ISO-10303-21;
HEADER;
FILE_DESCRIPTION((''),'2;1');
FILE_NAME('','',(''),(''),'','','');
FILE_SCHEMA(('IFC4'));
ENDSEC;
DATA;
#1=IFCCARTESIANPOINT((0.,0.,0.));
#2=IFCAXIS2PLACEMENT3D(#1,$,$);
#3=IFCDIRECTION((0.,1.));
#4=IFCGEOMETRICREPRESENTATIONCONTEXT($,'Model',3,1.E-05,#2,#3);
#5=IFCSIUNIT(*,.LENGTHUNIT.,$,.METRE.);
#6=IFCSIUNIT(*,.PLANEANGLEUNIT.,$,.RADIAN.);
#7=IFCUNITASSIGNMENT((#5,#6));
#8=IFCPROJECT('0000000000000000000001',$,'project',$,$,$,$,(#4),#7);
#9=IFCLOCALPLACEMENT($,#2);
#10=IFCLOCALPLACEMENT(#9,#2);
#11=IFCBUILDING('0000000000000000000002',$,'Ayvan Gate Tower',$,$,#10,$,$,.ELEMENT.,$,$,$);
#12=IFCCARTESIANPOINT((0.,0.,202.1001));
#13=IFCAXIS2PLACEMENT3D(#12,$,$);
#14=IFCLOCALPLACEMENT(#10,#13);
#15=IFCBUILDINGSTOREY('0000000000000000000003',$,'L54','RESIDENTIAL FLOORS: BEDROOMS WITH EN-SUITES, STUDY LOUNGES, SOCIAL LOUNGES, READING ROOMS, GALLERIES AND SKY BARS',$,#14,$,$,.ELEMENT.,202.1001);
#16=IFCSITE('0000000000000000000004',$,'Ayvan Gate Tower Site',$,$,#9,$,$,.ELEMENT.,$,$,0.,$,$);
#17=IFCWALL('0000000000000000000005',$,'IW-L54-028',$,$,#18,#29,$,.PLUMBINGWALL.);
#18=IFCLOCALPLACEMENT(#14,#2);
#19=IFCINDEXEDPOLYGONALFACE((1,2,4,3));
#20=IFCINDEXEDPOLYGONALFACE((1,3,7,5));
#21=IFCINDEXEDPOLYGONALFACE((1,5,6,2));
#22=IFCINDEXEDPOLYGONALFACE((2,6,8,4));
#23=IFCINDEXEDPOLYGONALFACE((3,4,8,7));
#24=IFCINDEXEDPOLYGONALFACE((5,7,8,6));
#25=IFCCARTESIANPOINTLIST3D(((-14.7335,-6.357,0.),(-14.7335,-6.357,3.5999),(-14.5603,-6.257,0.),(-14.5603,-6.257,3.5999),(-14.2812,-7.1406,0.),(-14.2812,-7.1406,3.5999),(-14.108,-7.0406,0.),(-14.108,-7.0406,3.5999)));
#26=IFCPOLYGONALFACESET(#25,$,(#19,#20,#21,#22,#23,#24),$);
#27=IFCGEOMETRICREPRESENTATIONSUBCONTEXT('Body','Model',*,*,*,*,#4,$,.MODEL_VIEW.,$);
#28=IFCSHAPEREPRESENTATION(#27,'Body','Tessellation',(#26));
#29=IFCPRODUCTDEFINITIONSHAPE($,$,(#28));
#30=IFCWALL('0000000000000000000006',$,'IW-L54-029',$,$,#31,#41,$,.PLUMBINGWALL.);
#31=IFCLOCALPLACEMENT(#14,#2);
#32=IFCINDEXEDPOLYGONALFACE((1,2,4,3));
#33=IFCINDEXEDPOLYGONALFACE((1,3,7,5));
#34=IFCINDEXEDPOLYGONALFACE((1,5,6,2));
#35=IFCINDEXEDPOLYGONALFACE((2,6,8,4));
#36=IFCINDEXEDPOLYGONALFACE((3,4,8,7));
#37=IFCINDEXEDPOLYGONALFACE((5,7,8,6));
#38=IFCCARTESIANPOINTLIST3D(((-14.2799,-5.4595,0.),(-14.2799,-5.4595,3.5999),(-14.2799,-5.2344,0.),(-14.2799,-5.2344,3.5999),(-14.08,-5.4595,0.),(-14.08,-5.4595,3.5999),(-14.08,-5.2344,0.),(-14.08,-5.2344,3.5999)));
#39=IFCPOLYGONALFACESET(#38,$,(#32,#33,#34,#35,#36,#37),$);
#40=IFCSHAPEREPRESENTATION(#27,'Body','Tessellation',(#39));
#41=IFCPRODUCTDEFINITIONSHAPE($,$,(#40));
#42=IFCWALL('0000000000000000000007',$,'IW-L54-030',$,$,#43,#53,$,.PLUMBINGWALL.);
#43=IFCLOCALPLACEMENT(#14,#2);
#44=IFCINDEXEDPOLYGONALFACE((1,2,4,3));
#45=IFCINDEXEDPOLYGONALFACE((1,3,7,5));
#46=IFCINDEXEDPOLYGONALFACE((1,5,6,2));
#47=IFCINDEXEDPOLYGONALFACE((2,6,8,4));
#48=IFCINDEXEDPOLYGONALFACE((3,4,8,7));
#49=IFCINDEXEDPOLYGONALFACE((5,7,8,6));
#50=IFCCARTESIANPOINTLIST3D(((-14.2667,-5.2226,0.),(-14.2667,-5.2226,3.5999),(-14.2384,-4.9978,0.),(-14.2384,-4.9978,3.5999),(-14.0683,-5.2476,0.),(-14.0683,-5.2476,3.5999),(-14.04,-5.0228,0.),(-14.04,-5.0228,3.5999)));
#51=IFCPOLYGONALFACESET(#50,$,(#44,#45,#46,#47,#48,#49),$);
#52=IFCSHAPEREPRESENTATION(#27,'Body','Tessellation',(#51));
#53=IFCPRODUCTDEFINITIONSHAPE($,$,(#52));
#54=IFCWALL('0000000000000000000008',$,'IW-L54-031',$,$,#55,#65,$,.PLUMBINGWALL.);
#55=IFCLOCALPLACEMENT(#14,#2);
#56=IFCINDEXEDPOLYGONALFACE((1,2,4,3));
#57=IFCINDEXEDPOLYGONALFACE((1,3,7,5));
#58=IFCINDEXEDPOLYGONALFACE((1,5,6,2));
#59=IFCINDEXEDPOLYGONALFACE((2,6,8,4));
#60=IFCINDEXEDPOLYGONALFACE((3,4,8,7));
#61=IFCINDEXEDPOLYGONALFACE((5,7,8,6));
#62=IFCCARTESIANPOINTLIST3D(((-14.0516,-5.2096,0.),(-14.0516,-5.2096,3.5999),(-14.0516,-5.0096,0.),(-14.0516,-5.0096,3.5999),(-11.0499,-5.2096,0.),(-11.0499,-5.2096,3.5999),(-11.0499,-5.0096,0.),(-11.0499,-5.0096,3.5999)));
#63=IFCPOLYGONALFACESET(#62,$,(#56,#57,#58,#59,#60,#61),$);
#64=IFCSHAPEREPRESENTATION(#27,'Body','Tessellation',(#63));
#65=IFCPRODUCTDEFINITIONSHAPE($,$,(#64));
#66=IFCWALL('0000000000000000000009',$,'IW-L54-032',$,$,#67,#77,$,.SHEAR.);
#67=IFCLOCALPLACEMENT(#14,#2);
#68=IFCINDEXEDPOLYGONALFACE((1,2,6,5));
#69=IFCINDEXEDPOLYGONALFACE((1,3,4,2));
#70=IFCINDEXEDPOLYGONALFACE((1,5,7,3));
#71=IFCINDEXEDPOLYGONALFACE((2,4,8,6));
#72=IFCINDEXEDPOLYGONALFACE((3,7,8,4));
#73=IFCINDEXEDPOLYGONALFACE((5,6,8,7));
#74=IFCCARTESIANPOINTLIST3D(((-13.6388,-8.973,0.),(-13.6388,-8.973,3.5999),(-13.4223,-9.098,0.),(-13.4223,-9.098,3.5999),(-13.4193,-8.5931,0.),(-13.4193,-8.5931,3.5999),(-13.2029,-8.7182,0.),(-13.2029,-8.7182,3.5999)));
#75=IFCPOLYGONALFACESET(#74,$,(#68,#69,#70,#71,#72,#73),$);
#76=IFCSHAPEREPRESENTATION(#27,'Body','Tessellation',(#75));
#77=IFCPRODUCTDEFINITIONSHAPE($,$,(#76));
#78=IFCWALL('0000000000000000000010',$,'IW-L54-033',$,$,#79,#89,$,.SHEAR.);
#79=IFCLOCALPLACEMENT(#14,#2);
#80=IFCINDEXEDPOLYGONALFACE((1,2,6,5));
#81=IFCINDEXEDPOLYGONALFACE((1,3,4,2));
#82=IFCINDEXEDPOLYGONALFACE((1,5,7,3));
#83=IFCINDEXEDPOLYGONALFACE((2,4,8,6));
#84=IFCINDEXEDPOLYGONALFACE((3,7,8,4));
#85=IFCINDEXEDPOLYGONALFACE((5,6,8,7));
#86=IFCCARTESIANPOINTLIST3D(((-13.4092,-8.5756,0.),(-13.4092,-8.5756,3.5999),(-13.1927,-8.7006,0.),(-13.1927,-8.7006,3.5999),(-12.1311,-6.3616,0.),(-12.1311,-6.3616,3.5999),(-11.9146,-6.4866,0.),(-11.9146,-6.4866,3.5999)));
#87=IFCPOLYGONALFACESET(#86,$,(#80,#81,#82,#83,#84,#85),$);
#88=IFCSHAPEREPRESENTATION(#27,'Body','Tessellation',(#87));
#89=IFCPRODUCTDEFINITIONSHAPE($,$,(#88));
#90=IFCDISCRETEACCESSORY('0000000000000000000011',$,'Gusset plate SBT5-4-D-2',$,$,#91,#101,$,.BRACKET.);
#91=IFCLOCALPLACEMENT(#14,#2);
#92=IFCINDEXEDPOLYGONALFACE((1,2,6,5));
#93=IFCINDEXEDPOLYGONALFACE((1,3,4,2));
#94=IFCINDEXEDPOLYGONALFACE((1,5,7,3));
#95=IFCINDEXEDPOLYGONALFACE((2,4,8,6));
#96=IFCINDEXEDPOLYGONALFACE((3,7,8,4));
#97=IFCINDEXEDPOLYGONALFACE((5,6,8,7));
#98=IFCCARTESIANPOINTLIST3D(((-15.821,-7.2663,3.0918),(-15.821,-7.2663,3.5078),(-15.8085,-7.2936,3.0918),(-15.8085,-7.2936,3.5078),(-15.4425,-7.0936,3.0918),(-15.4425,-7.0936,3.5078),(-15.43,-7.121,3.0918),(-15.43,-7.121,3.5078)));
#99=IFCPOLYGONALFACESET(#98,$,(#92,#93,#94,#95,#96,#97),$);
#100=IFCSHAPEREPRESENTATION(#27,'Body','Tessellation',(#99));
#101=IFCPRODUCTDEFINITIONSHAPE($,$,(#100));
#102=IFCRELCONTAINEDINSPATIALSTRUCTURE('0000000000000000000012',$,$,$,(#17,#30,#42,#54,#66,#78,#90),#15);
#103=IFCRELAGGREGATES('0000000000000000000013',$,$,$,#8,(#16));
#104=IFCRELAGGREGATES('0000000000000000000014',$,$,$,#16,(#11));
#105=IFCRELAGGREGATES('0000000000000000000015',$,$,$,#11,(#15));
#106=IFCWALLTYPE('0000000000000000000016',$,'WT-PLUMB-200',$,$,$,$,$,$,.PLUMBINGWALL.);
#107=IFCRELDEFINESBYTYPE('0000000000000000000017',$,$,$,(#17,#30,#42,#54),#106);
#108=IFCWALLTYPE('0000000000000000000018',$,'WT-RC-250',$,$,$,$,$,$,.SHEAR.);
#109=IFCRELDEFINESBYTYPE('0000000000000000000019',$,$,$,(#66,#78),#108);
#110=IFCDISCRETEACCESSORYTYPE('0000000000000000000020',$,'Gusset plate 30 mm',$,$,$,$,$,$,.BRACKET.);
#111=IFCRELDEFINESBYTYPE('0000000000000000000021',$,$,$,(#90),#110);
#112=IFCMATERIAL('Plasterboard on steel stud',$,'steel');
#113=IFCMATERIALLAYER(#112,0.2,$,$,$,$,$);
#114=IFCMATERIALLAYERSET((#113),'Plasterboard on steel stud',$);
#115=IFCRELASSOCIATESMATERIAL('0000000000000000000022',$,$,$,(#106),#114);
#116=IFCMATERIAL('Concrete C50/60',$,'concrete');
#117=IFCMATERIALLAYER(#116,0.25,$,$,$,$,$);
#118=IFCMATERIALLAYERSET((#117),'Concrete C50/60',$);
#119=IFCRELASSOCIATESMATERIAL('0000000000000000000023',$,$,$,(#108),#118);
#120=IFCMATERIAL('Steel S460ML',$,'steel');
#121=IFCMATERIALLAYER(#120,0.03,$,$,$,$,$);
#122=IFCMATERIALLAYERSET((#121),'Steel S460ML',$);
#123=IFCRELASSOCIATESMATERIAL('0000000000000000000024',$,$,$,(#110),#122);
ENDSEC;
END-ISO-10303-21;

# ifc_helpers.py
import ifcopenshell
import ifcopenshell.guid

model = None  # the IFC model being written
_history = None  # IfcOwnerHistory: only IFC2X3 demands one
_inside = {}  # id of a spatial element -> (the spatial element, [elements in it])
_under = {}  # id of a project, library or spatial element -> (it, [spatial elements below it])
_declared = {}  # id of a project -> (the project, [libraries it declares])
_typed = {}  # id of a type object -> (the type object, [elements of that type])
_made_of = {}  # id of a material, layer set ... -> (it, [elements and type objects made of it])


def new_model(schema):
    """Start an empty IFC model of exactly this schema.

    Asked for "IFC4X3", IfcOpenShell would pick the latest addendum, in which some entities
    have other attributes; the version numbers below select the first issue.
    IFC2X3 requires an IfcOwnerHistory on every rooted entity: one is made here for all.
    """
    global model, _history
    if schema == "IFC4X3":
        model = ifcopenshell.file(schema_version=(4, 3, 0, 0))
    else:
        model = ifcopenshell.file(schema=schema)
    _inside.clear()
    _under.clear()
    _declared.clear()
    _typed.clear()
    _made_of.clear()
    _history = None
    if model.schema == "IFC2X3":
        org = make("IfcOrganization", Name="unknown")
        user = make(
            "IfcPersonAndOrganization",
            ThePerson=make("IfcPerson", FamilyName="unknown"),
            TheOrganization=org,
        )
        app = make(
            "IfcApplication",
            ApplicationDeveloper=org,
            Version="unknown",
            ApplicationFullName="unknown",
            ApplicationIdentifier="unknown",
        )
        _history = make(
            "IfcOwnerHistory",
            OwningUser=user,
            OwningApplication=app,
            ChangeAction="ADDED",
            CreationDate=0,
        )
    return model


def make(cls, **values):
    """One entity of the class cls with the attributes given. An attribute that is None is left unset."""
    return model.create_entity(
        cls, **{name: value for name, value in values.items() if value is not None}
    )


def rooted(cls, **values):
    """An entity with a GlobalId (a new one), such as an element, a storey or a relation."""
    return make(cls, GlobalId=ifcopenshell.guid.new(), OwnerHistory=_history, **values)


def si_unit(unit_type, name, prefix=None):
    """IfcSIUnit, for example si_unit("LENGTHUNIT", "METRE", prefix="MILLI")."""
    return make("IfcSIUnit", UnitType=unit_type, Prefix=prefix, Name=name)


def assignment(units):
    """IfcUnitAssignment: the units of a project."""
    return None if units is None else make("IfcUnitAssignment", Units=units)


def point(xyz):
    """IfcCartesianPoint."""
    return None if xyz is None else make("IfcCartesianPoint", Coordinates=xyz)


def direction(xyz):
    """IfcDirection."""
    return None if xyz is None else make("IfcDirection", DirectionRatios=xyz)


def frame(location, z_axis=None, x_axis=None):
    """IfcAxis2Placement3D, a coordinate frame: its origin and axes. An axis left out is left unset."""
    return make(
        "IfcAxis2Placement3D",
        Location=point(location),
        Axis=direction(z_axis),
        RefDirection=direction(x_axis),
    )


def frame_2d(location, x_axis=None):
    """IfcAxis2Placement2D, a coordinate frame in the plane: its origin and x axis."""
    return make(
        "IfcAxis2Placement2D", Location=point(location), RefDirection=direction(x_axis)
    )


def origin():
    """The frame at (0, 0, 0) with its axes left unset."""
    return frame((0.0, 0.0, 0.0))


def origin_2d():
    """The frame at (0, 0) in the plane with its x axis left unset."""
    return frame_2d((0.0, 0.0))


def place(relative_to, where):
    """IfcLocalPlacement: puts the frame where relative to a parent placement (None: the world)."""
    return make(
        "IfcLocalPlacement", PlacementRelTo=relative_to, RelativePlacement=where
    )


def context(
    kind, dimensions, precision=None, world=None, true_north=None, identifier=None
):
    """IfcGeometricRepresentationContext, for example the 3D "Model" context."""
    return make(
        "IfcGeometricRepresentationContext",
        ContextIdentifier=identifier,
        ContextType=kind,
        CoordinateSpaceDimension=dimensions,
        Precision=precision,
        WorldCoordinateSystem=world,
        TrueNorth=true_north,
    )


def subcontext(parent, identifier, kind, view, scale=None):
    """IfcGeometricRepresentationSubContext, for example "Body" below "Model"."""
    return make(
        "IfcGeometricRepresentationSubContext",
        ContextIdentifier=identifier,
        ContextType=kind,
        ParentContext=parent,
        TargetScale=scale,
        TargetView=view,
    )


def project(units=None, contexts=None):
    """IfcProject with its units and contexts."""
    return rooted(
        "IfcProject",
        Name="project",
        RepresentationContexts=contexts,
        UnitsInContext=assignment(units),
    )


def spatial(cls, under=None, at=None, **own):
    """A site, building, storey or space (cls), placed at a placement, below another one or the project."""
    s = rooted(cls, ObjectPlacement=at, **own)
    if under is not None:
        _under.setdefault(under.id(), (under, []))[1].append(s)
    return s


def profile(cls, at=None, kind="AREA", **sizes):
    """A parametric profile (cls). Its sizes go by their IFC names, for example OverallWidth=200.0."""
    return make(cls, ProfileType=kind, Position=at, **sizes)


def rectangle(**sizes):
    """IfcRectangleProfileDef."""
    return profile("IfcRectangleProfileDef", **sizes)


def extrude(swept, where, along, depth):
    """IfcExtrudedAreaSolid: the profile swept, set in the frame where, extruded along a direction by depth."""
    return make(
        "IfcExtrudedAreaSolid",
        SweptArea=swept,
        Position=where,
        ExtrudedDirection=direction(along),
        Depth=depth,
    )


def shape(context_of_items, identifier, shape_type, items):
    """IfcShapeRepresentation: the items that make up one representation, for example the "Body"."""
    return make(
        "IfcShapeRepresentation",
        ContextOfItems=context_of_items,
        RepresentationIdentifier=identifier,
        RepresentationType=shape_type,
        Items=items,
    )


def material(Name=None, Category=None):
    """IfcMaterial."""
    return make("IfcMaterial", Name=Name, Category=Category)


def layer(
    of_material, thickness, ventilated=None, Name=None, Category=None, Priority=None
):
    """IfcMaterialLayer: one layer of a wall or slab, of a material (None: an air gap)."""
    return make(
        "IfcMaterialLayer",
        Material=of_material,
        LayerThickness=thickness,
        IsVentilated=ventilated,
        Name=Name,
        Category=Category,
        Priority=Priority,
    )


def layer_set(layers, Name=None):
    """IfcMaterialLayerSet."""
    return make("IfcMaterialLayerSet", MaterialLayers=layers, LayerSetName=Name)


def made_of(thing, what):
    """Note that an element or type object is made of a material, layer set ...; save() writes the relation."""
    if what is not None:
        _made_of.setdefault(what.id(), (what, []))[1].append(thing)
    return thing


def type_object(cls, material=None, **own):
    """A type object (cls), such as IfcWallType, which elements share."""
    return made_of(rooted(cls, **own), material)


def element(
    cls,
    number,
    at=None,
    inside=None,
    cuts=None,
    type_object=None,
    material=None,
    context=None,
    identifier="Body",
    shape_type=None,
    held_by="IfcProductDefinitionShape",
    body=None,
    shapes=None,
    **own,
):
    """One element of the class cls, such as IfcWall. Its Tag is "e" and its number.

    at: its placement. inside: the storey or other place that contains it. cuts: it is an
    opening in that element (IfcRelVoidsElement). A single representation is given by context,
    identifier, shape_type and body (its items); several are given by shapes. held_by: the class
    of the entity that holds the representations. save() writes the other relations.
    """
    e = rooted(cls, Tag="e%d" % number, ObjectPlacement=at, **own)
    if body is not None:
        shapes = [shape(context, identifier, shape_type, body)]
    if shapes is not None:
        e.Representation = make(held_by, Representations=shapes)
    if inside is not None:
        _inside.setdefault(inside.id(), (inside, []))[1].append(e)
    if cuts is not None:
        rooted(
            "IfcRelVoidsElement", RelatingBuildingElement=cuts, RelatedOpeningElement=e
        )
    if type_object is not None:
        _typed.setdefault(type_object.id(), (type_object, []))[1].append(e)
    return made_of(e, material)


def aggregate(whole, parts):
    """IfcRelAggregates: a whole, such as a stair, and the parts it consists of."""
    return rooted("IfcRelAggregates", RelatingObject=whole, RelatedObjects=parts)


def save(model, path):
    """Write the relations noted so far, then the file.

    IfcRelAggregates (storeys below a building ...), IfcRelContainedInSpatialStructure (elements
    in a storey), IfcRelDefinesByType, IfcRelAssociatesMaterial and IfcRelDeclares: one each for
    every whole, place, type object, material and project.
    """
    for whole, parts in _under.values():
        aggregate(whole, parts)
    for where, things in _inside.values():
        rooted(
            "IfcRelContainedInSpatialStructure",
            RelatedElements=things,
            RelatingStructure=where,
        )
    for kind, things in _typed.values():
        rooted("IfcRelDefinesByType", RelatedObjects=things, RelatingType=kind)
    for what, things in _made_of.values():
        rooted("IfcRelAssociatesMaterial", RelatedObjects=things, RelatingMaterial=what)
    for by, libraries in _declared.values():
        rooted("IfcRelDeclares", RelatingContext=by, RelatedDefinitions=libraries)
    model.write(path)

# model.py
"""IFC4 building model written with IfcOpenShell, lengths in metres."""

from ifc_helpers import new_model, si_unit, direction, frame, frame_2d, origin, origin_2d, place, context, subcontext, project, spatial, rectangle, extrude, material, layer, layer_set, type_object, element, save


model = new_model("IFC4")

# Units and contexts
model_context = context("Model", 3, precision=1e-05, world=origin(), true_north=direction((0.0, 1.0)))
body_context = subcontext(model_context, "Body", "Model", "MODEL_VIEW")
ifc_project = project(units=[si_unit("LENGTHUNIT", "METRE"), si_unit("PLANEANGLEUNIT", "RADIAN")], contexts=[model_context])

# Site, building, storey
site_placement = place(None, origin())
site = spatial("IfcSite", under=ifc_project, at=site_placement, Name="Ayvan Gate Tower Site", CompositionType="ELEMENT", RefElevation=0.0)
building_placement = place(site_placement, origin())
building = spatial("IfcBuilding", under=site, at=building_placement, Name="Ayvan Gate Tower", CompositionType="ELEMENT")
storey_placement = place(building_placement, frame((0.0, 0.0, 202.1001)))
storey = spatial("IfcBuildingStorey", under=building, at=storey_placement, Name="L54", Description="RESIDENTIAL FLOORS: BEDROOMS WITH EN-SUITES, STUDY LOUNGES, SOCIAL LOUNGES, READING ROOMS, GALLERIES AND SKY BARS", CompositionType="ELEMENT", Elevation=202.1001)

# Walls
ifc_material_1 = material(Name="Plasterboard on steel stud", Category="steel")
ifc_layer_1 = layer(ifc_material_1, 0.2)
ifc_layer_set_1 = layer_set([ifc_layer_1], Name="Plasterboard on steel stud")
wall_type_1 = type_object("IfcWallType", Name="WT-PLUMB-200", PredefinedType="PLUMBINGWALL", material=ifc_layer_set_1)
wall_1_placement = place(storey_placement, frame((-14.1946, -7.0906, 0.0), z_axis=(0.0, 0.0, 1.0), x_axis=(-0.49994, 0.86606, 0.0)))
element("IfcWall", 1, at=wall_1_placement, inside=storey, type_object=wall_type_1, Name="IW-L54-028", PredefinedType="PLUMBINGWALL", context=body_context, shape_type="SweptSolid", body=[
    extrude(rectangle(XDim=0.9048, YDim=0.2, at=frame_2d((0.4524, 0.0))), origin(), (0.0, 0.0, 1.0), 3.5999),
])
wall_2_placement = place(storey_placement, frame((-14.1799, -5.4595, 0.0), z_axis=(0.0, 0.0, 1.0), x_axis=(0.0, 1.0, 0.0)))
element("IfcWall", 2, at=wall_2_placement, inside=storey, type_object=wall_type_1, Name="IW-L54-029", PredefinedType="PLUMBINGWALL", context=body_context, shape_type="SweptSolid", body=[
    extrude(rectangle(XDim=0.2251, YDim=0.2, at=frame_2d((0.1125, 0.0))), origin(), (0.0, 0.0, 1.0), 3.5999),
])
wall_3_placement = place(storey_placement, frame((-14.1675, -5.2351, 0.0), z_axis=(0.0, 0.0, 1.0), x_axis=(0.124963, 0.992161, 0.0)))
element("IfcWall", 3, at=wall_3_placement, inside=storey, type_object=wall_type_1, Name="IW-L54-030", PredefinedType="PLUMBINGWALL", context=body_context, shape_type="SweptSolid", body=[
    extrude(rectangle(XDim=0.2266, YDim=0.2, at=frame_2d((0.1133, 0.0))), origin(), (0.0, 0.0, 1.0), 3.5999),
])
wall_4_placement = place(storey_placement, frame((-14.0518, -5.1096, 0.0), z_axis=(0.0, 0.0, 1.0), x_axis=(1.0, 0.0, 0.0)))
element("IfcWall", 4, at=wall_4_placement, inside=storey, type_object=wall_type_1, Name="IW-L54-031", PredefinedType="PLUMBINGWALL", context=body_context, shape_type="SweptSolid", body=[
    extrude(rectangle(XDim=3.0017, YDim=0.2, at=frame_2d((1.501, 0.0))), origin(), (0.0, 0.0, 1.0), 3.5999),
])
ifc_material_2 = material(Name="Concrete C50/60", Category="concrete")
ifc_layer_2 = layer(ifc_material_2, 0.25)
ifc_layer_set_2 = layer_set([ifc_layer_2], Name="Concrete C50/60")
wall_type_2 = type_object("IfcWallType", Name="WT-RC-250", PredefinedType="SHEAR", material=ifc_layer_set_2)
wall_5_placement = place(storey_placement, frame((-13.5305, -9.0354, 0.0), z_axis=(0.0, 0.0, 1.0), x_axis=(0.500268, 0.86587, 0.0)))
element("IfcWall", 5, at=wall_5_placement, inside=storey, type_object=wall_type_2, Name="IW-L54-032", PredefinedType="SHEAR", context=body_context, shape_type="SweptSolid", body=[
    extrude(rectangle(XDim=0.4387, YDim=0.25, at=frame_2d((0.2192, 0.0))), origin(), (0.0, 0.0, 1.0), 3.5999),
])
wall_6_placement = place(storey_placement, frame((-13.301, -8.6382, 0.0), z_axis=(0.0, 0.0, 1.0), x_axis=(0.49997, 0.866042, 0.0)))
element("IfcWall", 6, at=wall_6_placement, inside=storey, type_object=wall_type_2, Name="IW-L54-033", PredefinedType="SHEAR", context=body_context, shape_type="SweptSolid", body=[
    extrude(rectangle(XDim=2.5564, YDim=0.25, at=frame_2d((1.2783, 0.0))), origin(), (0.0, 0.0, 1.0), 3.5999),
])

# Discrete accessory
ifc_material_3 = material(Name="Steel S460ML", Category="steel")
ifc_layer_3 = layer(ifc_material_3, 0.03)
ifc_layer_set_3 = layer_set([ifc_layer_3], Name="Steel S460ML")
discrete_accessory_type = type_object("IfcDiscreteAccessoryType", Name="Gusset plate 30 mm", PredefinedType="BRACKET", material=ifc_layer_set_3)
discrete_accessory_placement = place(storey_placement, frame((-15.6255, -7.1936, 3.0918), z_axis=(0.0, 0.0, 1.0), x_axis=(0.909853, 0.41493, 0.0)))
element("IfcDiscreteAccessory", 7, at=discrete_accessory_placement, inside=storey, type_object=discrete_accessory_type, Name="Gusset plate SBT5-4-D-2", PredefinedType="BRACKET", context=body_context, shape_type="SweptSolid", body=[
    extrude(rectangle(XDim=0.416, YDim=0.03, at=origin_2d()), origin(), (0.0, 0.0, 1.0), 0.416),
])

save(model, "model.ifc")
